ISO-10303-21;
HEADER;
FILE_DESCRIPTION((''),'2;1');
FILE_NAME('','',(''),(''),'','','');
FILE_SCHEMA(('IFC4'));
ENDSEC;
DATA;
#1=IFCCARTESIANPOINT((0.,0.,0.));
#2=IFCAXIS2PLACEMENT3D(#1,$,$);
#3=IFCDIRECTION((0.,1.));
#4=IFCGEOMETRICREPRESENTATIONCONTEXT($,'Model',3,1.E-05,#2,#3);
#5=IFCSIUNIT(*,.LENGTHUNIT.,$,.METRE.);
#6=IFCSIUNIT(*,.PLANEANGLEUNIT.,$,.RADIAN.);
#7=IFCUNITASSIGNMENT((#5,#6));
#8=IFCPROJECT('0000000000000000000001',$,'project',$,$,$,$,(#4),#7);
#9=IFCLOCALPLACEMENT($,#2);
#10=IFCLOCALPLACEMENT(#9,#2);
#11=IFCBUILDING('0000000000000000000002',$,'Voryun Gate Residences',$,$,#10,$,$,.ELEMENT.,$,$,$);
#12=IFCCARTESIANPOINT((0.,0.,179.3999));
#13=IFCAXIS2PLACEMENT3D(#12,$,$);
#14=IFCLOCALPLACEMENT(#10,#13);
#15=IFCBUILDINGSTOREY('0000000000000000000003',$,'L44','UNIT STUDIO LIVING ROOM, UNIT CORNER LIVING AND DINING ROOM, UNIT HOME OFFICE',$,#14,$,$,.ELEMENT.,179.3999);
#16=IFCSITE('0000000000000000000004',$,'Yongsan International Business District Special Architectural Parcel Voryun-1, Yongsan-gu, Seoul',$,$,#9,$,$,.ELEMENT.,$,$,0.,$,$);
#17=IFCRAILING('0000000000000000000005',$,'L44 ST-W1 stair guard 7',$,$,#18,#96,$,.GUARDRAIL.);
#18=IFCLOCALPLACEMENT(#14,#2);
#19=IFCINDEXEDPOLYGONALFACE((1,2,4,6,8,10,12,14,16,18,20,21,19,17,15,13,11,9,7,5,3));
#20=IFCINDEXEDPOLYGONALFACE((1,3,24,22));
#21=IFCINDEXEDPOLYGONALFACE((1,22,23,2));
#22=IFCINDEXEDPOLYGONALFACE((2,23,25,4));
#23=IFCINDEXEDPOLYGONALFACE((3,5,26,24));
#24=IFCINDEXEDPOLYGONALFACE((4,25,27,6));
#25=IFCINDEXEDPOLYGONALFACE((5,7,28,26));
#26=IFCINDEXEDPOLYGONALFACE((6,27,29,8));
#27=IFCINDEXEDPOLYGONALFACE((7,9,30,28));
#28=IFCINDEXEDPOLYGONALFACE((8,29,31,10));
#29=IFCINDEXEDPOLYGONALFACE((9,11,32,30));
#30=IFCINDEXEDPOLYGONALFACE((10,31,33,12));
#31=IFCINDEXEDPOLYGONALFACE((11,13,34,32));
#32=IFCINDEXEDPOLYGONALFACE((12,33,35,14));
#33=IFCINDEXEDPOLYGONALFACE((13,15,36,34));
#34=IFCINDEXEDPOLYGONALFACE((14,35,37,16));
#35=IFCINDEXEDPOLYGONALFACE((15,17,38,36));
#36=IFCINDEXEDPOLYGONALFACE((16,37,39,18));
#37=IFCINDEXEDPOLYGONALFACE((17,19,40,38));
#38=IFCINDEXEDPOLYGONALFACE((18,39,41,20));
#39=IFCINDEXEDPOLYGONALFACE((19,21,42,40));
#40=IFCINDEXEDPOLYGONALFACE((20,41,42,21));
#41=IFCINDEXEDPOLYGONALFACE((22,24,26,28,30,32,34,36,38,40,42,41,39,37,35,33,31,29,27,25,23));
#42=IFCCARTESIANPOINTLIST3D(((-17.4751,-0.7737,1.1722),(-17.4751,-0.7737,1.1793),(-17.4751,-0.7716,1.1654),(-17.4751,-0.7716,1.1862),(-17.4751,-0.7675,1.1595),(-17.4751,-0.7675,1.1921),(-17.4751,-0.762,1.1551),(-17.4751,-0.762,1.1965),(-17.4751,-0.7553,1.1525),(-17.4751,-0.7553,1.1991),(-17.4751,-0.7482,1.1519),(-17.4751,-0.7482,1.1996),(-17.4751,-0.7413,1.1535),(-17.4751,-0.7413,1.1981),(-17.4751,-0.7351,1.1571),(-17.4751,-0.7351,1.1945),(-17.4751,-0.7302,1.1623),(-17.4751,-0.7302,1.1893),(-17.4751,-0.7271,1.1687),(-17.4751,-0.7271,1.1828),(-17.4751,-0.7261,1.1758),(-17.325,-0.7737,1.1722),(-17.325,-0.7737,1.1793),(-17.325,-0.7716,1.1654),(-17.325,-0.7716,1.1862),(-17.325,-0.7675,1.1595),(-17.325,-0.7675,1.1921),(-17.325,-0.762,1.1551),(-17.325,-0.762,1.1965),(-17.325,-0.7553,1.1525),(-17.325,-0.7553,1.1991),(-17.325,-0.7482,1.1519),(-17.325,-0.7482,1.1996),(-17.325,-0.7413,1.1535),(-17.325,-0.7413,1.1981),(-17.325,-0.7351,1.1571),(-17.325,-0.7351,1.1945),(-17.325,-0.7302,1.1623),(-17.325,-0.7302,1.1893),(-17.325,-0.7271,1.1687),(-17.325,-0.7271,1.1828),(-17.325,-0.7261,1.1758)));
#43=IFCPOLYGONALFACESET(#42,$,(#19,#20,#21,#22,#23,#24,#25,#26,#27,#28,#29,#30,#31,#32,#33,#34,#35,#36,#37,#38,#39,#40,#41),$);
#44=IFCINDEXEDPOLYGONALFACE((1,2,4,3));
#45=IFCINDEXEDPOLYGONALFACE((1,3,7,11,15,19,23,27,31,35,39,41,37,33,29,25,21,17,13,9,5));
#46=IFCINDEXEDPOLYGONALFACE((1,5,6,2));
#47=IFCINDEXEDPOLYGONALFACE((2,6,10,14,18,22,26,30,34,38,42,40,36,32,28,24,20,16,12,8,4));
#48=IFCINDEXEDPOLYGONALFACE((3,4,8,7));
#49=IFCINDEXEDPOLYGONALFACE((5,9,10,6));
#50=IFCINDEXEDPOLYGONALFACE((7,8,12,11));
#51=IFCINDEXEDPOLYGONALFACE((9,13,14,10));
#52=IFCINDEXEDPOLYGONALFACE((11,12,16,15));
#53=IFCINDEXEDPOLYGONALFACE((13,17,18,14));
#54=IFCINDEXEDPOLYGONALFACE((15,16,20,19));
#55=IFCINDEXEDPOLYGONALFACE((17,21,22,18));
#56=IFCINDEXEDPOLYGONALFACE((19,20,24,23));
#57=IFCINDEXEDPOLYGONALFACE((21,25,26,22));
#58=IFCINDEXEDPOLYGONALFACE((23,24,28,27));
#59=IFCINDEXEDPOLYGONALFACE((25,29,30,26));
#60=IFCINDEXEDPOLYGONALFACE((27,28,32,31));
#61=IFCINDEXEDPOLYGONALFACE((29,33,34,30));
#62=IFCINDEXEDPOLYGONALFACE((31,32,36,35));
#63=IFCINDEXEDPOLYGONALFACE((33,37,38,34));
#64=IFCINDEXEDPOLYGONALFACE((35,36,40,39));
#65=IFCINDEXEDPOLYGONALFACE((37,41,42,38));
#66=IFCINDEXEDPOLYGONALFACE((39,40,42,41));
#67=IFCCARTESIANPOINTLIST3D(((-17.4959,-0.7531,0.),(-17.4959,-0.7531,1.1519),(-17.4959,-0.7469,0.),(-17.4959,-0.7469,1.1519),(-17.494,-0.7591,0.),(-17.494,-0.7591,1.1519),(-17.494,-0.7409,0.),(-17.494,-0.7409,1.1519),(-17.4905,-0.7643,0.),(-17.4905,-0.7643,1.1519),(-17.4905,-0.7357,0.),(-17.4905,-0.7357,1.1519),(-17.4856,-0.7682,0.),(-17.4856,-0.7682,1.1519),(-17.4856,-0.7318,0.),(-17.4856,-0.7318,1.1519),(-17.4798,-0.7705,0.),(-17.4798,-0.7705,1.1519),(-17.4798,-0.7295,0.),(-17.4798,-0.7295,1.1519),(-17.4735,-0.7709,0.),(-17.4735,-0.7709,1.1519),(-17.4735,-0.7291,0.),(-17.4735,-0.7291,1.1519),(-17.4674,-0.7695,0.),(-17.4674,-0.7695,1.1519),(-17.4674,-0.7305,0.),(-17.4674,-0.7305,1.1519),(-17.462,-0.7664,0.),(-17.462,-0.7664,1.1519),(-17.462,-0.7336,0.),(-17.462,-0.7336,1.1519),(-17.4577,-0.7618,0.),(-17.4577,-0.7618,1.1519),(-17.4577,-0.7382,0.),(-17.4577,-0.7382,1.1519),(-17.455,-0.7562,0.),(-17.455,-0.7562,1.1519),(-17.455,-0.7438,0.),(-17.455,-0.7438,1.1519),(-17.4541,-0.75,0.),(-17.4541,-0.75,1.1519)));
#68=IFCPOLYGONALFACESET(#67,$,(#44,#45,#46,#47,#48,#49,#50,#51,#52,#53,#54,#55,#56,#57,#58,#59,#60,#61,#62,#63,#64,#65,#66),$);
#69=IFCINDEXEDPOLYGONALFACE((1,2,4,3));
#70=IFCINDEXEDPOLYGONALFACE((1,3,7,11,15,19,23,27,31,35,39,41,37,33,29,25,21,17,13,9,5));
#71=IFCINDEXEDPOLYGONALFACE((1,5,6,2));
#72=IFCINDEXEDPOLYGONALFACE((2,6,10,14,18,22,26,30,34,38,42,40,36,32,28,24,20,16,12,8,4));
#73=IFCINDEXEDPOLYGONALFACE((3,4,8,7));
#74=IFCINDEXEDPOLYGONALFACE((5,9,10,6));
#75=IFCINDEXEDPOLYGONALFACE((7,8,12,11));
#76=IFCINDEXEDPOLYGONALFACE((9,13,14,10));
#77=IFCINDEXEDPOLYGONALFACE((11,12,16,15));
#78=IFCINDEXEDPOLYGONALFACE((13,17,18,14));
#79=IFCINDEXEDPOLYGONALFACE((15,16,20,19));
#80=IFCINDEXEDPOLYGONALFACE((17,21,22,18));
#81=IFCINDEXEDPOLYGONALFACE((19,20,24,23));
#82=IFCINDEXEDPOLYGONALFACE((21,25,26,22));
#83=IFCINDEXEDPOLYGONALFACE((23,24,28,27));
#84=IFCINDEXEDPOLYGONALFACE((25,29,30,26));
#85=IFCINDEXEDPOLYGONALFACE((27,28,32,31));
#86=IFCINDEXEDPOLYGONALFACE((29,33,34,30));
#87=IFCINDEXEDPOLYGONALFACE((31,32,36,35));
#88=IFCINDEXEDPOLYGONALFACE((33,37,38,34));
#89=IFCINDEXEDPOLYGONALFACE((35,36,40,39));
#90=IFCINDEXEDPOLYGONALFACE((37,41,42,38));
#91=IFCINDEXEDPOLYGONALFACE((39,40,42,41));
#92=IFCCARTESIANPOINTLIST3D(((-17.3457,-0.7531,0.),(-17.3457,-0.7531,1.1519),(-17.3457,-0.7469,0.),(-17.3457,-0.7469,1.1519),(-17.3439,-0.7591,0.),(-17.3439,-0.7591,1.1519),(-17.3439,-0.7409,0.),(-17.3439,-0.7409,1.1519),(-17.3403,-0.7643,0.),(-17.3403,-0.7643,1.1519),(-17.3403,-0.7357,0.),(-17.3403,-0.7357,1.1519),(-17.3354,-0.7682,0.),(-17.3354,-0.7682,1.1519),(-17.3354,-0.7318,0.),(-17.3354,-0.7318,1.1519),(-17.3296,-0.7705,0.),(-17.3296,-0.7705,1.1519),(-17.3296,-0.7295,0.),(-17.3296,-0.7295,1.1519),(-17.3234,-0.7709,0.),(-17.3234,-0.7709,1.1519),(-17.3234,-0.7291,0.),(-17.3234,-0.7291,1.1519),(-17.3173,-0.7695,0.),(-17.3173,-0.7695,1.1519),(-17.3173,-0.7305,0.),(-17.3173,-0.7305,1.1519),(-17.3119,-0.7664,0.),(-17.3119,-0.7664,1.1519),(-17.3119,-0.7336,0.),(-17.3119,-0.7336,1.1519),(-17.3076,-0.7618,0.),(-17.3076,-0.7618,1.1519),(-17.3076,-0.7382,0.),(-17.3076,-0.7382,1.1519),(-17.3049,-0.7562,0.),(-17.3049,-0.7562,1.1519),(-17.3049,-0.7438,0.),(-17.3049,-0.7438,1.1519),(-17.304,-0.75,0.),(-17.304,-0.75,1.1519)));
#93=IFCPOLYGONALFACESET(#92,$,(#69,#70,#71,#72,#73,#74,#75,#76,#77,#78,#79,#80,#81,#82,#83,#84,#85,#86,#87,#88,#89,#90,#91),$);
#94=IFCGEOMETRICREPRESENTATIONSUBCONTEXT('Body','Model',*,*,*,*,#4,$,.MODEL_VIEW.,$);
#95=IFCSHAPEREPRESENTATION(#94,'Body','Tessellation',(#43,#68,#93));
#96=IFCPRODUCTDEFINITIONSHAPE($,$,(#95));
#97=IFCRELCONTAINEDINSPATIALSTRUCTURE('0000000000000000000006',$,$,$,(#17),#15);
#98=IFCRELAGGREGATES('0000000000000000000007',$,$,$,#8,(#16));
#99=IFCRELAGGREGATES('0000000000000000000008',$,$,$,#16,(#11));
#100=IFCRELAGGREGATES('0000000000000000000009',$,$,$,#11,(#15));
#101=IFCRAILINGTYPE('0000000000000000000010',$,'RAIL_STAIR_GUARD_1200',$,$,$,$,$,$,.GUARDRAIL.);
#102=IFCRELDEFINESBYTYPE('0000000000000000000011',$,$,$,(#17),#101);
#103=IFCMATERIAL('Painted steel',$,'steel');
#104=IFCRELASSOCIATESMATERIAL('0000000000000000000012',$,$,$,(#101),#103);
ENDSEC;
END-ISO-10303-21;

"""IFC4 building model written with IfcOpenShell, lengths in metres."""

from ifc_helpers import new_model, si_unit, direction, frame, origin, origin_2d, place, context, subcontext, project, spatial, circle, extrude, material, type_object, element, save


model = new_model("IFC4")

# Units and contexts
model_context = context("Model", 3, precision=1e-05, world=origin(), true_north=direction((0.0, 1.0)))
body_context = subcontext(model_context, "Body", "Model", "MODEL_VIEW")
ifc_project = project(units=[si_unit("LENGTHUNIT", "METRE"), si_unit("PLANEANGLEUNIT", "RADIAN")], contexts=[model_context])

# Site, building, storey
site_placement = place(None, origin())
site = spatial("IfcSite", under=ifc_project, at=site_placement, Name="Yongsan International Business District Special Architectural Parcel Voryun-1, Yongsan-gu, Seoul", CompositionType="ELEMENT", RefElevation=0.0)
building_placement = place(site_placement, origin())
building = spatial("IfcBuilding", under=site, at=building_placement, Name="Voryun Gate Residences", CompositionType="ELEMENT")
storey_placement = place(building_placement, frame((0.0, 0.0, 179.3999)))
storey = spatial("IfcBuildingStorey", under=building, at=storey_placement, Name="L44", Description="UNIT STUDIO LIVING ROOM, UNIT CORNER LIVING AND DINING ROOM, UNIT HOME OFFICE", CompositionType="ELEMENT", Elevation=179.3999)

# Railing
ifc_material_1 = material(Name="Painted steel", Category="steel")
railing_type_1 = type_object("IfcRailingType", Name="RAIL_STAIR_GUARD_1200", PredefinedType="GUARDRAIL", material=ifc_material_1)
railing_1_placement = place(storey_placement, frame((-17.4751, -0.75, 0.0)))
element("IfcRailing", 1, at=railing_1_placement, inside=storey, type_object=railing_type_1, Name="L44 ST-W1 stair guard 7", PredefinedType="GUARDRAIL", context=body_context, shape_type="SweptSolid", body=[
    extrude(circle(Radius=0.0239, at=origin_2d()), frame((0.0, 0.0, 1.1758), z_axis=(1.0, 0.0, 0.0), x_axis=(0.0, 1.0, 0.0)), (0.0, 0.0, 1.0), 0.1501),
    extrude(circle(Radius=0.021, at=origin_2d()), origin(), (0.0, 0.0, 1.0), 1.1519),
    extrude(circle(Radius=0.021, at=origin_2d()), frame((0.1501, 0.0, 0.0)), (0.0, 0.0, 1.0), 1.1519),
])

save(model, "model.ifc")
